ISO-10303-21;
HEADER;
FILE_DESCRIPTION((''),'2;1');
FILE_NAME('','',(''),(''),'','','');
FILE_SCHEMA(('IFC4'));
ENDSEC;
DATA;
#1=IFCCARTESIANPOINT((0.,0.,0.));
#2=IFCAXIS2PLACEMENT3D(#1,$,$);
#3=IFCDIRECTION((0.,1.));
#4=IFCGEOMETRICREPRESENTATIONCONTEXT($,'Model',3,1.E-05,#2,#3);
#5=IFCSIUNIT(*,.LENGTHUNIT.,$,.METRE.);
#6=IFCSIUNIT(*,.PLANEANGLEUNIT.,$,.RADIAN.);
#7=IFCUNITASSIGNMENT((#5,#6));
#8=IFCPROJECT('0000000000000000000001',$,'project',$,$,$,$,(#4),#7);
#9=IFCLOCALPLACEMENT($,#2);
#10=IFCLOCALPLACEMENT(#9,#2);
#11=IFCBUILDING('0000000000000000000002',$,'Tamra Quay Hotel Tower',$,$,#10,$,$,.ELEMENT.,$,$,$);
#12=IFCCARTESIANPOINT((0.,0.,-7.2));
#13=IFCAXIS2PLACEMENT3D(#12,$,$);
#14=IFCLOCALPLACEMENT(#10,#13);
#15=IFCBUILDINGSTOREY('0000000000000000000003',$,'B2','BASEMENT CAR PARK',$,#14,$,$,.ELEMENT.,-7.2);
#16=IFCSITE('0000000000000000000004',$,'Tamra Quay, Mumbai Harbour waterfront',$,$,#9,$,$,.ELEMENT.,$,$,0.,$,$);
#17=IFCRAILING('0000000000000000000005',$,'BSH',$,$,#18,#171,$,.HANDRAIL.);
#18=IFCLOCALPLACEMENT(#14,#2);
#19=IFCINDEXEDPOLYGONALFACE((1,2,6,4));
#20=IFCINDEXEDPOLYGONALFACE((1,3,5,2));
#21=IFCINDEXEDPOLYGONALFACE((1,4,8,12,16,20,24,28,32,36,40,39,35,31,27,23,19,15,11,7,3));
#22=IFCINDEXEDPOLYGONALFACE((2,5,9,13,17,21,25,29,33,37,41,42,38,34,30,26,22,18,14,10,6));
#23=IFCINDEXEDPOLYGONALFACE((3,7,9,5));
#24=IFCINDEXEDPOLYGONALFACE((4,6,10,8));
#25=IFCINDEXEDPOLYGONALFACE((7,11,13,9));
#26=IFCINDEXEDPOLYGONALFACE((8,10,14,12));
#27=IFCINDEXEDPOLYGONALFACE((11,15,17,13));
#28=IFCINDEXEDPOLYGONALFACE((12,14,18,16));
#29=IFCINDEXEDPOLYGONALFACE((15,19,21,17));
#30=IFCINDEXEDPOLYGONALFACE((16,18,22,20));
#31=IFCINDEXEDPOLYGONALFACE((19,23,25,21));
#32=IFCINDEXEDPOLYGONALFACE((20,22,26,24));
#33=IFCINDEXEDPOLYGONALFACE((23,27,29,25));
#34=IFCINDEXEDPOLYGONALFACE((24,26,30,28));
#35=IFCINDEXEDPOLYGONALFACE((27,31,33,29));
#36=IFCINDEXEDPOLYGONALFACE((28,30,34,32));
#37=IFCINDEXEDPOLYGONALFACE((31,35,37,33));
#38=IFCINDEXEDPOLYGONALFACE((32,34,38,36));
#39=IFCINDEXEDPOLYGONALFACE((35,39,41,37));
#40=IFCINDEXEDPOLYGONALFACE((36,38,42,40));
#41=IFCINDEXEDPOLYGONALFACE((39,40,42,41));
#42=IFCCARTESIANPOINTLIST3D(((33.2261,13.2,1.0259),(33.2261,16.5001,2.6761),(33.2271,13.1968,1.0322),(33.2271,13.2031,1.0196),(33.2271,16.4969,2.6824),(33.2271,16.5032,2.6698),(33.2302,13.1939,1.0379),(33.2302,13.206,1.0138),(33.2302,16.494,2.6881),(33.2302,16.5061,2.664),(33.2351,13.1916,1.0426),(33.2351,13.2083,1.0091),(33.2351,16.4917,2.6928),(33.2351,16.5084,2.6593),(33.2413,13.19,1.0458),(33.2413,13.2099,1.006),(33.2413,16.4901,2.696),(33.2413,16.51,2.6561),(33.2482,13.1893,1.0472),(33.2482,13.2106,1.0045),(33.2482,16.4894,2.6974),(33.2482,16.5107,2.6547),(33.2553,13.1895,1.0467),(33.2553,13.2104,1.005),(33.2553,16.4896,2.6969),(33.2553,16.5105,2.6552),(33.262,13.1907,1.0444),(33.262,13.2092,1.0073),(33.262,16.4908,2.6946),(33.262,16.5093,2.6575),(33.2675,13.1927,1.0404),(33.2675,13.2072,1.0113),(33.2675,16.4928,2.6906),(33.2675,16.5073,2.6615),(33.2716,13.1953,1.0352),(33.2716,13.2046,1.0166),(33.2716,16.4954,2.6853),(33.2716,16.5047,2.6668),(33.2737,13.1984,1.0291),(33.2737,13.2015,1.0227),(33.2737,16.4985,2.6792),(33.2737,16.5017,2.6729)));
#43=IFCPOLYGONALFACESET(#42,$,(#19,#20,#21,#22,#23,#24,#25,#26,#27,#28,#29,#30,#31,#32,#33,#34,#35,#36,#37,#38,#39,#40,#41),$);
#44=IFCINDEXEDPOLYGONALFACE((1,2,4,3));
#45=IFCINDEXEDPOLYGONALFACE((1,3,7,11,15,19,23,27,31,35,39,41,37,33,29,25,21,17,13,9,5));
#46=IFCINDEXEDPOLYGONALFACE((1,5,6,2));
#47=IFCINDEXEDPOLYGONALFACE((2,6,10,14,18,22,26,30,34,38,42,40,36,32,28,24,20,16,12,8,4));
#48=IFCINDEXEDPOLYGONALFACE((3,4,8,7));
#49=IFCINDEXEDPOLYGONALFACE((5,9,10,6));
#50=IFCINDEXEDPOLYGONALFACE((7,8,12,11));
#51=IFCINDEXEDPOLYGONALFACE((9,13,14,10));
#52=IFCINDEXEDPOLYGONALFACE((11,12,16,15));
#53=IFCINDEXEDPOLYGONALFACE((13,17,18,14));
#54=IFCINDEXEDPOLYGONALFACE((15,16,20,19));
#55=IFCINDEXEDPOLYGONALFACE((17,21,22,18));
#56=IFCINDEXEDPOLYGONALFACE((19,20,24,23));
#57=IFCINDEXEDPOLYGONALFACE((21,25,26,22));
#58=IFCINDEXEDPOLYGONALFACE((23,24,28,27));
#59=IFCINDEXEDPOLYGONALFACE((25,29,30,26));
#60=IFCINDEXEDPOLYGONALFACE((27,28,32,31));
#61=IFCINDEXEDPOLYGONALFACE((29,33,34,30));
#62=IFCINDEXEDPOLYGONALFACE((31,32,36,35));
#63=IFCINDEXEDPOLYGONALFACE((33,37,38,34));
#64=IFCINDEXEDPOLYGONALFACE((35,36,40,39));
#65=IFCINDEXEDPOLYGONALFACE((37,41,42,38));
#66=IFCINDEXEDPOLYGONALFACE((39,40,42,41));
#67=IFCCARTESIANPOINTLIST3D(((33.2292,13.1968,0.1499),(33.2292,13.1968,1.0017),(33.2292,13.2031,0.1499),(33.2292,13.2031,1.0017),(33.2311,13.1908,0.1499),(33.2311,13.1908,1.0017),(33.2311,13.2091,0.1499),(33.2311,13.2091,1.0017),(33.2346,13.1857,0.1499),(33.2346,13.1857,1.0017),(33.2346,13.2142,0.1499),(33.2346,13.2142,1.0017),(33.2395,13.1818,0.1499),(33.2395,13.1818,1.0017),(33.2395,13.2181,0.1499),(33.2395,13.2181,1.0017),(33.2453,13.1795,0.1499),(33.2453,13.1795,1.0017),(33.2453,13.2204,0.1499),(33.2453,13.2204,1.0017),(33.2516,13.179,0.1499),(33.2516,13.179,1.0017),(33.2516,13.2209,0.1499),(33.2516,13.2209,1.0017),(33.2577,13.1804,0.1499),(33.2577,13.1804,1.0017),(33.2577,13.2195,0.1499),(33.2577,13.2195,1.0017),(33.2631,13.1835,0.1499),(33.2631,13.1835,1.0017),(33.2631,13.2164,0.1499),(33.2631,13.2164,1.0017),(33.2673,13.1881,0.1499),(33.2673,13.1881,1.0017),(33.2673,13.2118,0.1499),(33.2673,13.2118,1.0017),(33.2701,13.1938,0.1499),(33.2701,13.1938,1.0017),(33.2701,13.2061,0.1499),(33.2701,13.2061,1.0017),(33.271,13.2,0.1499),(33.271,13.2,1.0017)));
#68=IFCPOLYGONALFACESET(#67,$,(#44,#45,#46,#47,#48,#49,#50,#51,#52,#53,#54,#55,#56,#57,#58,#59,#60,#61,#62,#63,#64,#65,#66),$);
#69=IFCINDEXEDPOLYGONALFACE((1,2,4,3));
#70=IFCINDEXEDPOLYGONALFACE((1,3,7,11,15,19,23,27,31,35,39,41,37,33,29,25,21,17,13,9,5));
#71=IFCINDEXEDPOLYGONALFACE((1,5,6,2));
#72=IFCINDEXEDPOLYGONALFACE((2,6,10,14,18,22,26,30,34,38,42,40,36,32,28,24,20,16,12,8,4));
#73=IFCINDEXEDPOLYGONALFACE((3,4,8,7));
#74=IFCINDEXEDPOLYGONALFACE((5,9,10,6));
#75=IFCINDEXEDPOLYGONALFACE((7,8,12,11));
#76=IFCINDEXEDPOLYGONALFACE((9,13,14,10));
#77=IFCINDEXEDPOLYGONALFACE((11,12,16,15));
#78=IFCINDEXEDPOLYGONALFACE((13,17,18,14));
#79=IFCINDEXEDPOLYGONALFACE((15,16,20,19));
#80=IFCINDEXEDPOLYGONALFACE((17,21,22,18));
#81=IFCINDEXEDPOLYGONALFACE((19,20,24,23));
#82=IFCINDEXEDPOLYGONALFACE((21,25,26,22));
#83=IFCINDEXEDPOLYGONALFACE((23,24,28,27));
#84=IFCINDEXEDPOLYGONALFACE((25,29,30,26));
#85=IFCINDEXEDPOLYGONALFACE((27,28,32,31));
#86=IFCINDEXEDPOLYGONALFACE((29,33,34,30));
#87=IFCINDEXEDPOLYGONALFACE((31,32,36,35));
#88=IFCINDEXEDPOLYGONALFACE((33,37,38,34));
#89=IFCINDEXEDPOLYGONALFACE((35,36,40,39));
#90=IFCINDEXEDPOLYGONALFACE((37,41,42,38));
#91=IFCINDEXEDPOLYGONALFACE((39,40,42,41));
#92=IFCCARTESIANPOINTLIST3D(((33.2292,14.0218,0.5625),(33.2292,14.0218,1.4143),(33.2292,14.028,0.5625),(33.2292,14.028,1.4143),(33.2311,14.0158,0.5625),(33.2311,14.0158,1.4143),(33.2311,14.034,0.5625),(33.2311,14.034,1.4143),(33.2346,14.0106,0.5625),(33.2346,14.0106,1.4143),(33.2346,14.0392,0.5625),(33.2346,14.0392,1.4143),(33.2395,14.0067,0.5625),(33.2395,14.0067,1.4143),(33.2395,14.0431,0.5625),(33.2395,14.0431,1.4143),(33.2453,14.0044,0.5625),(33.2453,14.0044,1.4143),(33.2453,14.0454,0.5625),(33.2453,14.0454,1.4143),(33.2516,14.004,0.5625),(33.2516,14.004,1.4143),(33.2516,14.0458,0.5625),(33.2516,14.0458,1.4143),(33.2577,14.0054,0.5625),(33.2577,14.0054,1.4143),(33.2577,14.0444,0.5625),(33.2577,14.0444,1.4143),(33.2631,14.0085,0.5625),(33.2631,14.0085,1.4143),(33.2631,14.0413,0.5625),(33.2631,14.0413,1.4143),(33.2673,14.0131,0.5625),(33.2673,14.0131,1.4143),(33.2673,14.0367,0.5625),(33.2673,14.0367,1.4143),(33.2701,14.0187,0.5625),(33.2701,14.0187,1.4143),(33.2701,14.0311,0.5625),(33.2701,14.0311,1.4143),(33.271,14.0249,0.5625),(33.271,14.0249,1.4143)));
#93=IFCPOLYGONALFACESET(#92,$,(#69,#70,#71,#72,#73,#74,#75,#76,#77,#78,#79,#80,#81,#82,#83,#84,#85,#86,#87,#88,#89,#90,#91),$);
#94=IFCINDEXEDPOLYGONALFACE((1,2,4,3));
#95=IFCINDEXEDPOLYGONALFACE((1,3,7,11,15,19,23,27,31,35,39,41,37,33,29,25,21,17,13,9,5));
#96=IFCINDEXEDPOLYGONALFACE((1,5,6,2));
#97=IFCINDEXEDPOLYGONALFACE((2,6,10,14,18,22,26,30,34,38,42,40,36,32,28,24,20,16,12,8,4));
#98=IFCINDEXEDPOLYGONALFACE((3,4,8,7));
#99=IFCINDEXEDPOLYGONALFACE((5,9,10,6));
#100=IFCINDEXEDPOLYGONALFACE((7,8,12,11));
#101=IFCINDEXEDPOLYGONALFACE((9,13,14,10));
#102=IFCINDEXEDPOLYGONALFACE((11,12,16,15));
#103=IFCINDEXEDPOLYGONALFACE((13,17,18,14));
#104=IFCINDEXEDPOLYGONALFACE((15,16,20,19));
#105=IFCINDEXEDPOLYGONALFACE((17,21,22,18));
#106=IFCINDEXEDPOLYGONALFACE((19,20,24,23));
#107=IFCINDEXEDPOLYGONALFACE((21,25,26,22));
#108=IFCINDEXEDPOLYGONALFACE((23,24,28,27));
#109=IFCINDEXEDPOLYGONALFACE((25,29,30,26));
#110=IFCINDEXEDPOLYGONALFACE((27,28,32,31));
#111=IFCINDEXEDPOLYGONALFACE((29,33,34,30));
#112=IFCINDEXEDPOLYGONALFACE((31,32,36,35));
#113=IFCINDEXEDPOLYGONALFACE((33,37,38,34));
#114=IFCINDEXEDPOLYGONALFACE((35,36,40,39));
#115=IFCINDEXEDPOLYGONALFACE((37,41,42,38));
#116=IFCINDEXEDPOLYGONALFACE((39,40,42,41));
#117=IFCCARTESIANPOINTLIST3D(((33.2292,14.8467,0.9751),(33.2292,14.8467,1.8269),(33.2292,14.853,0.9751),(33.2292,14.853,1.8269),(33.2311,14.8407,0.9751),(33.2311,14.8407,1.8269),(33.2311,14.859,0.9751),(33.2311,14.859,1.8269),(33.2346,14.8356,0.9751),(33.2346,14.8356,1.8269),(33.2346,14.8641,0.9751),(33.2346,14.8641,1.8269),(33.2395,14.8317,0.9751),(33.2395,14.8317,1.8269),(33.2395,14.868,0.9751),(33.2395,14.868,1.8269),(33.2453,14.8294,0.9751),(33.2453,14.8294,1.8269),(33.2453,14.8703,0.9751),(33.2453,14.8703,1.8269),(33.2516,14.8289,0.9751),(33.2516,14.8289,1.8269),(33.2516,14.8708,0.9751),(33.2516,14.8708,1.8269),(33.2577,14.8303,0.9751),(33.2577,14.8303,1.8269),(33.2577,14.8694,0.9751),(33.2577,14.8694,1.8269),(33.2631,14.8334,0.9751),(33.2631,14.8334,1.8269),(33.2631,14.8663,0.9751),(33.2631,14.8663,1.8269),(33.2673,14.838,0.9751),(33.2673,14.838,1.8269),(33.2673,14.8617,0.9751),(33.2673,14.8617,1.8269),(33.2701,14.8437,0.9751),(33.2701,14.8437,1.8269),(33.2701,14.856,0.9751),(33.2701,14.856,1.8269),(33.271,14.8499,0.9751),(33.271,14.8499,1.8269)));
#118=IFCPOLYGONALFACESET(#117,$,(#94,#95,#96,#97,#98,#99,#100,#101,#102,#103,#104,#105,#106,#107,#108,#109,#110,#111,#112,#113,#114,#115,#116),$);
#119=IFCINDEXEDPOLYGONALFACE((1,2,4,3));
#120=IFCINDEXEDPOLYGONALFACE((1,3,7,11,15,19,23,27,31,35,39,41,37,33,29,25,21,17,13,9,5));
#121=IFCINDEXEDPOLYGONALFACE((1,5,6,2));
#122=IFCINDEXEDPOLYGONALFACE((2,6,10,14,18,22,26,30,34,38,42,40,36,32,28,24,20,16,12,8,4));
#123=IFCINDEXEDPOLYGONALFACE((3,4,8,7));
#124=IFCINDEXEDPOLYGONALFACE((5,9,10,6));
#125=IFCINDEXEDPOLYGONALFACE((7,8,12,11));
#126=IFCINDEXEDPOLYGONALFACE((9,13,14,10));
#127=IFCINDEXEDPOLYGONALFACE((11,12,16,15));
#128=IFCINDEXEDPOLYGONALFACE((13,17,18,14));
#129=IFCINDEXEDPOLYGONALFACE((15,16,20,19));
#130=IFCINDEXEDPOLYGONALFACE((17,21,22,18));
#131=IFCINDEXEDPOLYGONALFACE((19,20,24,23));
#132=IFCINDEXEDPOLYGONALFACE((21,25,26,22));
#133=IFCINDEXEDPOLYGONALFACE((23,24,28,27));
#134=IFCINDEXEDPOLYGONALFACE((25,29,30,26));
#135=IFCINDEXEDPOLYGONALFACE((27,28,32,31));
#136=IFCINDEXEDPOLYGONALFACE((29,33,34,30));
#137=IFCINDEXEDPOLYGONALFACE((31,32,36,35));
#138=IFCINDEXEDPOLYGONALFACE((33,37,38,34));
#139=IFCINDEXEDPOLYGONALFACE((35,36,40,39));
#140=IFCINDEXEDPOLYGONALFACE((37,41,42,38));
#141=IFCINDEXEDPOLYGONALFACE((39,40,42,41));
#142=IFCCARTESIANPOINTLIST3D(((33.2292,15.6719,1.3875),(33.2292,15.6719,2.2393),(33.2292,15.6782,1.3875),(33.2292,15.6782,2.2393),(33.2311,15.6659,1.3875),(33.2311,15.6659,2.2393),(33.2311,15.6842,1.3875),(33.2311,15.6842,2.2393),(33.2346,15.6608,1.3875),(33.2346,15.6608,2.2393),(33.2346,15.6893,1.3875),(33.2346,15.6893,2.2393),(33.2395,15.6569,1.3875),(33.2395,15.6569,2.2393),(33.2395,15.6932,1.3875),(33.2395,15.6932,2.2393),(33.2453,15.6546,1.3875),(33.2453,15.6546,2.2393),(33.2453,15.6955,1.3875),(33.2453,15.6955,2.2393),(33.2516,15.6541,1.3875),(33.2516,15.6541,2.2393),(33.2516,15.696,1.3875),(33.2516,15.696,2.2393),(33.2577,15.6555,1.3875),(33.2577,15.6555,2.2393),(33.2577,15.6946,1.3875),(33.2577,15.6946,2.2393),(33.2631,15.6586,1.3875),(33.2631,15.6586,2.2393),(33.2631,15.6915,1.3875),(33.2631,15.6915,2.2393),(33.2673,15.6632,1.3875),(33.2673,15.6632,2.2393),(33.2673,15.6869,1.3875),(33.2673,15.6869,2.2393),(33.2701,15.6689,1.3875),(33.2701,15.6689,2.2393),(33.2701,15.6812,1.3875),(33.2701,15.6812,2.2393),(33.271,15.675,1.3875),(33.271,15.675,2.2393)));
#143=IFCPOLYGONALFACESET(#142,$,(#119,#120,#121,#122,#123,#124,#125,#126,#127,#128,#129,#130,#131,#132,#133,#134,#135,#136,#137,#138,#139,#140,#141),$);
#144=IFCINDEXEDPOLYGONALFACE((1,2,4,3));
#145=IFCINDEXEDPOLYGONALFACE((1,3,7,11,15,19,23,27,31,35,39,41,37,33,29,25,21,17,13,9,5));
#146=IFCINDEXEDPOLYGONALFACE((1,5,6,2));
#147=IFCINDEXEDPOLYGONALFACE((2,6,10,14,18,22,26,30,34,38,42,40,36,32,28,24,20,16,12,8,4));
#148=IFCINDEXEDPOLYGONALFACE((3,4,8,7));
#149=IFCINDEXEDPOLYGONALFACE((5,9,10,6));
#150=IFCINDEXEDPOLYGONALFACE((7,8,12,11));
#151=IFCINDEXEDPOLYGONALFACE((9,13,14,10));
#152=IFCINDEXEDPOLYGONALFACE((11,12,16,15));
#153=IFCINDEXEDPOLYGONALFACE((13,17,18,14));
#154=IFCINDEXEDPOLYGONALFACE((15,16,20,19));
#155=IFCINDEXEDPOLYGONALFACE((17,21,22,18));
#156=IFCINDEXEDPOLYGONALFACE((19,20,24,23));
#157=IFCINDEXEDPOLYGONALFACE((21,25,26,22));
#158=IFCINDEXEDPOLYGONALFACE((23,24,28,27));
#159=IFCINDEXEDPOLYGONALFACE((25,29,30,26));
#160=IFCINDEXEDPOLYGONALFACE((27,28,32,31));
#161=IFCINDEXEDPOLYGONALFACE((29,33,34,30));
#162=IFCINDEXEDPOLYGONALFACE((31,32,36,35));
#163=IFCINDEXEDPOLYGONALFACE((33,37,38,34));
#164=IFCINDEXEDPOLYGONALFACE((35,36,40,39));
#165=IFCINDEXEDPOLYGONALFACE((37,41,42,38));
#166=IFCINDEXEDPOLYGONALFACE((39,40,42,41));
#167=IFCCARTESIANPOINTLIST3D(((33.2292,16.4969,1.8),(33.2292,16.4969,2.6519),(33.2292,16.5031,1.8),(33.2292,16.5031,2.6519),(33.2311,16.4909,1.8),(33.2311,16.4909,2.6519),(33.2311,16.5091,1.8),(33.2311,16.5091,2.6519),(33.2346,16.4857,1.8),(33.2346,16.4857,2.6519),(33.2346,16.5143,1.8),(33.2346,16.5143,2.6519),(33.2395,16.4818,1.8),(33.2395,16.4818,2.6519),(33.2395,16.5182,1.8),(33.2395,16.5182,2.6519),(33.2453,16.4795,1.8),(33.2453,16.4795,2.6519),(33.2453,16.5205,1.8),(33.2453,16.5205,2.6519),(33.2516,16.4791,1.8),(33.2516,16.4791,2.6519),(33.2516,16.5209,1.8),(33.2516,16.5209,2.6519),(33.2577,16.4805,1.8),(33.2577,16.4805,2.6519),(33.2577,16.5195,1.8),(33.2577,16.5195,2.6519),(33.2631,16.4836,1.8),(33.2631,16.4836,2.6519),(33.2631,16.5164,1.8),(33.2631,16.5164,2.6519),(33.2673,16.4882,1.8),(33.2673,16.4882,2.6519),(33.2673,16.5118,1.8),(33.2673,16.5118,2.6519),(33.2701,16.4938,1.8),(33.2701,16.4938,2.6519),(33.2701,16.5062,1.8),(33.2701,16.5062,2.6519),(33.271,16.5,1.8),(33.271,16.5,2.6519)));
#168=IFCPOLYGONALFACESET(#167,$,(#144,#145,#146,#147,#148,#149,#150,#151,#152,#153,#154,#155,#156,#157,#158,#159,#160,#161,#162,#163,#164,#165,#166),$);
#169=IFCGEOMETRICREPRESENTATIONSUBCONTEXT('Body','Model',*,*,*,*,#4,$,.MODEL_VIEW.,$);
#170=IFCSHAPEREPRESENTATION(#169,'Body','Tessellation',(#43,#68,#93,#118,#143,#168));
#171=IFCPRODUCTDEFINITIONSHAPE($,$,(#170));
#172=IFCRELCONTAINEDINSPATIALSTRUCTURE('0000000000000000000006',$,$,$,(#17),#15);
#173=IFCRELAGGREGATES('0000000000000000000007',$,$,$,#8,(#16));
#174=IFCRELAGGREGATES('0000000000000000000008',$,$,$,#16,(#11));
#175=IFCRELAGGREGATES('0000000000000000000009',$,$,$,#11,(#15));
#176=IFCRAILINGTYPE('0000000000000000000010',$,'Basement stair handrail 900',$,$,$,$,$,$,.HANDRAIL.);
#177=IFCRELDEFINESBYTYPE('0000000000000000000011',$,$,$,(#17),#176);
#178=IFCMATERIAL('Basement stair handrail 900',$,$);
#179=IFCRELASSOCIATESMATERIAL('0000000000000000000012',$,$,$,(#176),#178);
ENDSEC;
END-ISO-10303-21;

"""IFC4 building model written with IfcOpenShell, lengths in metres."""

from ifc_helpers import new_model, si_unit, direction, frame, origin, origin_2d, place, context, subcontext, project, spatial, circle, extrude, material, type_object, element, save


model = new_model("IFC4")

# Units and contexts
model_context = context("Model", 3, precision=1e-05, world=origin(), true_north=direction((0.0, 1.0)))
body_context = subcontext(model_context, "Body", "Model", "MODEL_VIEW")
ifc_project = project(units=[si_unit("LENGTHUNIT", "METRE"), si_unit("PLANEANGLEUNIT", "RADIAN")], contexts=[model_context])

# Site, building, storey
site_placement = place(None, origin())
site = spatial("IfcSite", under=ifc_project, at=site_placement, Name="Tamra Quay, Mumbai Harbour waterfront", CompositionType="ELEMENT", RefElevation=0.0)
building_placement = place(site_placement, origin())
building = spatial("IfcBuilding", under=site, at=building_placement, Name="Tamra Quay Hotel Tower", CompositionType="ELEMENT")
storey_placement = place(building_placement, frame((0.0, 0.0, -7.2)))
storey = spatial("IfcBuildingStorey", under=building, at=storey_placement, Name="B2", Description="BASEMENT CAR PARK", CompositionType="ELEMENT", Elevation=-7.2)

# Railing
ifc_material_1 = material(Name="Basement stair handrail 900")
railing_type_1 = type_object("IfcRailingType", Name="Basement stair handrail 900", PredefinedType="HANDRAIL", material=ifc_material_1)
railing_1_placement = place(storey_placement, frame((33.25, 13.2, 0.1499)))
element("IfcRailing", 1, at=railing_1_placement, inside=storey, type_object=railing_type_1, Name="BSH", PredefinedType="HANDRAIL", context=body_context, shape_type="SweptSolid", body=[
    extrude(circle(Radius=0.0239, at=origin_2d()), frame((0.0, 0.0, 0.876), z_axis=(0.0, 0.894414, 0.44724), x_axis=(-1.0, 0.0, 0.0)), (0.0, 0.0, 1.0), 3.6897),
    extrude(circle(Radius=0.021, at=origin_2d()), origin(), (0.0, 0.0, 1.0), 0.8518),
    extrude(circle(Radius=0.021, at=origin_2d()), frame((0.0, 0.825, 0.4126)), (0.0, 0.0, 1.0), 0.8518),
    extrude(circle(Radius=0.021, at=origin_2d()), frame((0.0, 1.6499, 0.8252)), (0.0, 0.0, 1.0), 0.8518),
    extrude(circle(Radius=0.021, at=origin_2d()), frame((0.0, 2.4751, 1.2375)), (0.0, 0.0, 1.0), 0.8518),
    extrude(circle(Radius=0.021, at=origin_2d()), frame((0.0, 3.3, 1.6501)), (0.0, 0.0, 1.0), 0.8518),
])

save(model, "model.ifc")
